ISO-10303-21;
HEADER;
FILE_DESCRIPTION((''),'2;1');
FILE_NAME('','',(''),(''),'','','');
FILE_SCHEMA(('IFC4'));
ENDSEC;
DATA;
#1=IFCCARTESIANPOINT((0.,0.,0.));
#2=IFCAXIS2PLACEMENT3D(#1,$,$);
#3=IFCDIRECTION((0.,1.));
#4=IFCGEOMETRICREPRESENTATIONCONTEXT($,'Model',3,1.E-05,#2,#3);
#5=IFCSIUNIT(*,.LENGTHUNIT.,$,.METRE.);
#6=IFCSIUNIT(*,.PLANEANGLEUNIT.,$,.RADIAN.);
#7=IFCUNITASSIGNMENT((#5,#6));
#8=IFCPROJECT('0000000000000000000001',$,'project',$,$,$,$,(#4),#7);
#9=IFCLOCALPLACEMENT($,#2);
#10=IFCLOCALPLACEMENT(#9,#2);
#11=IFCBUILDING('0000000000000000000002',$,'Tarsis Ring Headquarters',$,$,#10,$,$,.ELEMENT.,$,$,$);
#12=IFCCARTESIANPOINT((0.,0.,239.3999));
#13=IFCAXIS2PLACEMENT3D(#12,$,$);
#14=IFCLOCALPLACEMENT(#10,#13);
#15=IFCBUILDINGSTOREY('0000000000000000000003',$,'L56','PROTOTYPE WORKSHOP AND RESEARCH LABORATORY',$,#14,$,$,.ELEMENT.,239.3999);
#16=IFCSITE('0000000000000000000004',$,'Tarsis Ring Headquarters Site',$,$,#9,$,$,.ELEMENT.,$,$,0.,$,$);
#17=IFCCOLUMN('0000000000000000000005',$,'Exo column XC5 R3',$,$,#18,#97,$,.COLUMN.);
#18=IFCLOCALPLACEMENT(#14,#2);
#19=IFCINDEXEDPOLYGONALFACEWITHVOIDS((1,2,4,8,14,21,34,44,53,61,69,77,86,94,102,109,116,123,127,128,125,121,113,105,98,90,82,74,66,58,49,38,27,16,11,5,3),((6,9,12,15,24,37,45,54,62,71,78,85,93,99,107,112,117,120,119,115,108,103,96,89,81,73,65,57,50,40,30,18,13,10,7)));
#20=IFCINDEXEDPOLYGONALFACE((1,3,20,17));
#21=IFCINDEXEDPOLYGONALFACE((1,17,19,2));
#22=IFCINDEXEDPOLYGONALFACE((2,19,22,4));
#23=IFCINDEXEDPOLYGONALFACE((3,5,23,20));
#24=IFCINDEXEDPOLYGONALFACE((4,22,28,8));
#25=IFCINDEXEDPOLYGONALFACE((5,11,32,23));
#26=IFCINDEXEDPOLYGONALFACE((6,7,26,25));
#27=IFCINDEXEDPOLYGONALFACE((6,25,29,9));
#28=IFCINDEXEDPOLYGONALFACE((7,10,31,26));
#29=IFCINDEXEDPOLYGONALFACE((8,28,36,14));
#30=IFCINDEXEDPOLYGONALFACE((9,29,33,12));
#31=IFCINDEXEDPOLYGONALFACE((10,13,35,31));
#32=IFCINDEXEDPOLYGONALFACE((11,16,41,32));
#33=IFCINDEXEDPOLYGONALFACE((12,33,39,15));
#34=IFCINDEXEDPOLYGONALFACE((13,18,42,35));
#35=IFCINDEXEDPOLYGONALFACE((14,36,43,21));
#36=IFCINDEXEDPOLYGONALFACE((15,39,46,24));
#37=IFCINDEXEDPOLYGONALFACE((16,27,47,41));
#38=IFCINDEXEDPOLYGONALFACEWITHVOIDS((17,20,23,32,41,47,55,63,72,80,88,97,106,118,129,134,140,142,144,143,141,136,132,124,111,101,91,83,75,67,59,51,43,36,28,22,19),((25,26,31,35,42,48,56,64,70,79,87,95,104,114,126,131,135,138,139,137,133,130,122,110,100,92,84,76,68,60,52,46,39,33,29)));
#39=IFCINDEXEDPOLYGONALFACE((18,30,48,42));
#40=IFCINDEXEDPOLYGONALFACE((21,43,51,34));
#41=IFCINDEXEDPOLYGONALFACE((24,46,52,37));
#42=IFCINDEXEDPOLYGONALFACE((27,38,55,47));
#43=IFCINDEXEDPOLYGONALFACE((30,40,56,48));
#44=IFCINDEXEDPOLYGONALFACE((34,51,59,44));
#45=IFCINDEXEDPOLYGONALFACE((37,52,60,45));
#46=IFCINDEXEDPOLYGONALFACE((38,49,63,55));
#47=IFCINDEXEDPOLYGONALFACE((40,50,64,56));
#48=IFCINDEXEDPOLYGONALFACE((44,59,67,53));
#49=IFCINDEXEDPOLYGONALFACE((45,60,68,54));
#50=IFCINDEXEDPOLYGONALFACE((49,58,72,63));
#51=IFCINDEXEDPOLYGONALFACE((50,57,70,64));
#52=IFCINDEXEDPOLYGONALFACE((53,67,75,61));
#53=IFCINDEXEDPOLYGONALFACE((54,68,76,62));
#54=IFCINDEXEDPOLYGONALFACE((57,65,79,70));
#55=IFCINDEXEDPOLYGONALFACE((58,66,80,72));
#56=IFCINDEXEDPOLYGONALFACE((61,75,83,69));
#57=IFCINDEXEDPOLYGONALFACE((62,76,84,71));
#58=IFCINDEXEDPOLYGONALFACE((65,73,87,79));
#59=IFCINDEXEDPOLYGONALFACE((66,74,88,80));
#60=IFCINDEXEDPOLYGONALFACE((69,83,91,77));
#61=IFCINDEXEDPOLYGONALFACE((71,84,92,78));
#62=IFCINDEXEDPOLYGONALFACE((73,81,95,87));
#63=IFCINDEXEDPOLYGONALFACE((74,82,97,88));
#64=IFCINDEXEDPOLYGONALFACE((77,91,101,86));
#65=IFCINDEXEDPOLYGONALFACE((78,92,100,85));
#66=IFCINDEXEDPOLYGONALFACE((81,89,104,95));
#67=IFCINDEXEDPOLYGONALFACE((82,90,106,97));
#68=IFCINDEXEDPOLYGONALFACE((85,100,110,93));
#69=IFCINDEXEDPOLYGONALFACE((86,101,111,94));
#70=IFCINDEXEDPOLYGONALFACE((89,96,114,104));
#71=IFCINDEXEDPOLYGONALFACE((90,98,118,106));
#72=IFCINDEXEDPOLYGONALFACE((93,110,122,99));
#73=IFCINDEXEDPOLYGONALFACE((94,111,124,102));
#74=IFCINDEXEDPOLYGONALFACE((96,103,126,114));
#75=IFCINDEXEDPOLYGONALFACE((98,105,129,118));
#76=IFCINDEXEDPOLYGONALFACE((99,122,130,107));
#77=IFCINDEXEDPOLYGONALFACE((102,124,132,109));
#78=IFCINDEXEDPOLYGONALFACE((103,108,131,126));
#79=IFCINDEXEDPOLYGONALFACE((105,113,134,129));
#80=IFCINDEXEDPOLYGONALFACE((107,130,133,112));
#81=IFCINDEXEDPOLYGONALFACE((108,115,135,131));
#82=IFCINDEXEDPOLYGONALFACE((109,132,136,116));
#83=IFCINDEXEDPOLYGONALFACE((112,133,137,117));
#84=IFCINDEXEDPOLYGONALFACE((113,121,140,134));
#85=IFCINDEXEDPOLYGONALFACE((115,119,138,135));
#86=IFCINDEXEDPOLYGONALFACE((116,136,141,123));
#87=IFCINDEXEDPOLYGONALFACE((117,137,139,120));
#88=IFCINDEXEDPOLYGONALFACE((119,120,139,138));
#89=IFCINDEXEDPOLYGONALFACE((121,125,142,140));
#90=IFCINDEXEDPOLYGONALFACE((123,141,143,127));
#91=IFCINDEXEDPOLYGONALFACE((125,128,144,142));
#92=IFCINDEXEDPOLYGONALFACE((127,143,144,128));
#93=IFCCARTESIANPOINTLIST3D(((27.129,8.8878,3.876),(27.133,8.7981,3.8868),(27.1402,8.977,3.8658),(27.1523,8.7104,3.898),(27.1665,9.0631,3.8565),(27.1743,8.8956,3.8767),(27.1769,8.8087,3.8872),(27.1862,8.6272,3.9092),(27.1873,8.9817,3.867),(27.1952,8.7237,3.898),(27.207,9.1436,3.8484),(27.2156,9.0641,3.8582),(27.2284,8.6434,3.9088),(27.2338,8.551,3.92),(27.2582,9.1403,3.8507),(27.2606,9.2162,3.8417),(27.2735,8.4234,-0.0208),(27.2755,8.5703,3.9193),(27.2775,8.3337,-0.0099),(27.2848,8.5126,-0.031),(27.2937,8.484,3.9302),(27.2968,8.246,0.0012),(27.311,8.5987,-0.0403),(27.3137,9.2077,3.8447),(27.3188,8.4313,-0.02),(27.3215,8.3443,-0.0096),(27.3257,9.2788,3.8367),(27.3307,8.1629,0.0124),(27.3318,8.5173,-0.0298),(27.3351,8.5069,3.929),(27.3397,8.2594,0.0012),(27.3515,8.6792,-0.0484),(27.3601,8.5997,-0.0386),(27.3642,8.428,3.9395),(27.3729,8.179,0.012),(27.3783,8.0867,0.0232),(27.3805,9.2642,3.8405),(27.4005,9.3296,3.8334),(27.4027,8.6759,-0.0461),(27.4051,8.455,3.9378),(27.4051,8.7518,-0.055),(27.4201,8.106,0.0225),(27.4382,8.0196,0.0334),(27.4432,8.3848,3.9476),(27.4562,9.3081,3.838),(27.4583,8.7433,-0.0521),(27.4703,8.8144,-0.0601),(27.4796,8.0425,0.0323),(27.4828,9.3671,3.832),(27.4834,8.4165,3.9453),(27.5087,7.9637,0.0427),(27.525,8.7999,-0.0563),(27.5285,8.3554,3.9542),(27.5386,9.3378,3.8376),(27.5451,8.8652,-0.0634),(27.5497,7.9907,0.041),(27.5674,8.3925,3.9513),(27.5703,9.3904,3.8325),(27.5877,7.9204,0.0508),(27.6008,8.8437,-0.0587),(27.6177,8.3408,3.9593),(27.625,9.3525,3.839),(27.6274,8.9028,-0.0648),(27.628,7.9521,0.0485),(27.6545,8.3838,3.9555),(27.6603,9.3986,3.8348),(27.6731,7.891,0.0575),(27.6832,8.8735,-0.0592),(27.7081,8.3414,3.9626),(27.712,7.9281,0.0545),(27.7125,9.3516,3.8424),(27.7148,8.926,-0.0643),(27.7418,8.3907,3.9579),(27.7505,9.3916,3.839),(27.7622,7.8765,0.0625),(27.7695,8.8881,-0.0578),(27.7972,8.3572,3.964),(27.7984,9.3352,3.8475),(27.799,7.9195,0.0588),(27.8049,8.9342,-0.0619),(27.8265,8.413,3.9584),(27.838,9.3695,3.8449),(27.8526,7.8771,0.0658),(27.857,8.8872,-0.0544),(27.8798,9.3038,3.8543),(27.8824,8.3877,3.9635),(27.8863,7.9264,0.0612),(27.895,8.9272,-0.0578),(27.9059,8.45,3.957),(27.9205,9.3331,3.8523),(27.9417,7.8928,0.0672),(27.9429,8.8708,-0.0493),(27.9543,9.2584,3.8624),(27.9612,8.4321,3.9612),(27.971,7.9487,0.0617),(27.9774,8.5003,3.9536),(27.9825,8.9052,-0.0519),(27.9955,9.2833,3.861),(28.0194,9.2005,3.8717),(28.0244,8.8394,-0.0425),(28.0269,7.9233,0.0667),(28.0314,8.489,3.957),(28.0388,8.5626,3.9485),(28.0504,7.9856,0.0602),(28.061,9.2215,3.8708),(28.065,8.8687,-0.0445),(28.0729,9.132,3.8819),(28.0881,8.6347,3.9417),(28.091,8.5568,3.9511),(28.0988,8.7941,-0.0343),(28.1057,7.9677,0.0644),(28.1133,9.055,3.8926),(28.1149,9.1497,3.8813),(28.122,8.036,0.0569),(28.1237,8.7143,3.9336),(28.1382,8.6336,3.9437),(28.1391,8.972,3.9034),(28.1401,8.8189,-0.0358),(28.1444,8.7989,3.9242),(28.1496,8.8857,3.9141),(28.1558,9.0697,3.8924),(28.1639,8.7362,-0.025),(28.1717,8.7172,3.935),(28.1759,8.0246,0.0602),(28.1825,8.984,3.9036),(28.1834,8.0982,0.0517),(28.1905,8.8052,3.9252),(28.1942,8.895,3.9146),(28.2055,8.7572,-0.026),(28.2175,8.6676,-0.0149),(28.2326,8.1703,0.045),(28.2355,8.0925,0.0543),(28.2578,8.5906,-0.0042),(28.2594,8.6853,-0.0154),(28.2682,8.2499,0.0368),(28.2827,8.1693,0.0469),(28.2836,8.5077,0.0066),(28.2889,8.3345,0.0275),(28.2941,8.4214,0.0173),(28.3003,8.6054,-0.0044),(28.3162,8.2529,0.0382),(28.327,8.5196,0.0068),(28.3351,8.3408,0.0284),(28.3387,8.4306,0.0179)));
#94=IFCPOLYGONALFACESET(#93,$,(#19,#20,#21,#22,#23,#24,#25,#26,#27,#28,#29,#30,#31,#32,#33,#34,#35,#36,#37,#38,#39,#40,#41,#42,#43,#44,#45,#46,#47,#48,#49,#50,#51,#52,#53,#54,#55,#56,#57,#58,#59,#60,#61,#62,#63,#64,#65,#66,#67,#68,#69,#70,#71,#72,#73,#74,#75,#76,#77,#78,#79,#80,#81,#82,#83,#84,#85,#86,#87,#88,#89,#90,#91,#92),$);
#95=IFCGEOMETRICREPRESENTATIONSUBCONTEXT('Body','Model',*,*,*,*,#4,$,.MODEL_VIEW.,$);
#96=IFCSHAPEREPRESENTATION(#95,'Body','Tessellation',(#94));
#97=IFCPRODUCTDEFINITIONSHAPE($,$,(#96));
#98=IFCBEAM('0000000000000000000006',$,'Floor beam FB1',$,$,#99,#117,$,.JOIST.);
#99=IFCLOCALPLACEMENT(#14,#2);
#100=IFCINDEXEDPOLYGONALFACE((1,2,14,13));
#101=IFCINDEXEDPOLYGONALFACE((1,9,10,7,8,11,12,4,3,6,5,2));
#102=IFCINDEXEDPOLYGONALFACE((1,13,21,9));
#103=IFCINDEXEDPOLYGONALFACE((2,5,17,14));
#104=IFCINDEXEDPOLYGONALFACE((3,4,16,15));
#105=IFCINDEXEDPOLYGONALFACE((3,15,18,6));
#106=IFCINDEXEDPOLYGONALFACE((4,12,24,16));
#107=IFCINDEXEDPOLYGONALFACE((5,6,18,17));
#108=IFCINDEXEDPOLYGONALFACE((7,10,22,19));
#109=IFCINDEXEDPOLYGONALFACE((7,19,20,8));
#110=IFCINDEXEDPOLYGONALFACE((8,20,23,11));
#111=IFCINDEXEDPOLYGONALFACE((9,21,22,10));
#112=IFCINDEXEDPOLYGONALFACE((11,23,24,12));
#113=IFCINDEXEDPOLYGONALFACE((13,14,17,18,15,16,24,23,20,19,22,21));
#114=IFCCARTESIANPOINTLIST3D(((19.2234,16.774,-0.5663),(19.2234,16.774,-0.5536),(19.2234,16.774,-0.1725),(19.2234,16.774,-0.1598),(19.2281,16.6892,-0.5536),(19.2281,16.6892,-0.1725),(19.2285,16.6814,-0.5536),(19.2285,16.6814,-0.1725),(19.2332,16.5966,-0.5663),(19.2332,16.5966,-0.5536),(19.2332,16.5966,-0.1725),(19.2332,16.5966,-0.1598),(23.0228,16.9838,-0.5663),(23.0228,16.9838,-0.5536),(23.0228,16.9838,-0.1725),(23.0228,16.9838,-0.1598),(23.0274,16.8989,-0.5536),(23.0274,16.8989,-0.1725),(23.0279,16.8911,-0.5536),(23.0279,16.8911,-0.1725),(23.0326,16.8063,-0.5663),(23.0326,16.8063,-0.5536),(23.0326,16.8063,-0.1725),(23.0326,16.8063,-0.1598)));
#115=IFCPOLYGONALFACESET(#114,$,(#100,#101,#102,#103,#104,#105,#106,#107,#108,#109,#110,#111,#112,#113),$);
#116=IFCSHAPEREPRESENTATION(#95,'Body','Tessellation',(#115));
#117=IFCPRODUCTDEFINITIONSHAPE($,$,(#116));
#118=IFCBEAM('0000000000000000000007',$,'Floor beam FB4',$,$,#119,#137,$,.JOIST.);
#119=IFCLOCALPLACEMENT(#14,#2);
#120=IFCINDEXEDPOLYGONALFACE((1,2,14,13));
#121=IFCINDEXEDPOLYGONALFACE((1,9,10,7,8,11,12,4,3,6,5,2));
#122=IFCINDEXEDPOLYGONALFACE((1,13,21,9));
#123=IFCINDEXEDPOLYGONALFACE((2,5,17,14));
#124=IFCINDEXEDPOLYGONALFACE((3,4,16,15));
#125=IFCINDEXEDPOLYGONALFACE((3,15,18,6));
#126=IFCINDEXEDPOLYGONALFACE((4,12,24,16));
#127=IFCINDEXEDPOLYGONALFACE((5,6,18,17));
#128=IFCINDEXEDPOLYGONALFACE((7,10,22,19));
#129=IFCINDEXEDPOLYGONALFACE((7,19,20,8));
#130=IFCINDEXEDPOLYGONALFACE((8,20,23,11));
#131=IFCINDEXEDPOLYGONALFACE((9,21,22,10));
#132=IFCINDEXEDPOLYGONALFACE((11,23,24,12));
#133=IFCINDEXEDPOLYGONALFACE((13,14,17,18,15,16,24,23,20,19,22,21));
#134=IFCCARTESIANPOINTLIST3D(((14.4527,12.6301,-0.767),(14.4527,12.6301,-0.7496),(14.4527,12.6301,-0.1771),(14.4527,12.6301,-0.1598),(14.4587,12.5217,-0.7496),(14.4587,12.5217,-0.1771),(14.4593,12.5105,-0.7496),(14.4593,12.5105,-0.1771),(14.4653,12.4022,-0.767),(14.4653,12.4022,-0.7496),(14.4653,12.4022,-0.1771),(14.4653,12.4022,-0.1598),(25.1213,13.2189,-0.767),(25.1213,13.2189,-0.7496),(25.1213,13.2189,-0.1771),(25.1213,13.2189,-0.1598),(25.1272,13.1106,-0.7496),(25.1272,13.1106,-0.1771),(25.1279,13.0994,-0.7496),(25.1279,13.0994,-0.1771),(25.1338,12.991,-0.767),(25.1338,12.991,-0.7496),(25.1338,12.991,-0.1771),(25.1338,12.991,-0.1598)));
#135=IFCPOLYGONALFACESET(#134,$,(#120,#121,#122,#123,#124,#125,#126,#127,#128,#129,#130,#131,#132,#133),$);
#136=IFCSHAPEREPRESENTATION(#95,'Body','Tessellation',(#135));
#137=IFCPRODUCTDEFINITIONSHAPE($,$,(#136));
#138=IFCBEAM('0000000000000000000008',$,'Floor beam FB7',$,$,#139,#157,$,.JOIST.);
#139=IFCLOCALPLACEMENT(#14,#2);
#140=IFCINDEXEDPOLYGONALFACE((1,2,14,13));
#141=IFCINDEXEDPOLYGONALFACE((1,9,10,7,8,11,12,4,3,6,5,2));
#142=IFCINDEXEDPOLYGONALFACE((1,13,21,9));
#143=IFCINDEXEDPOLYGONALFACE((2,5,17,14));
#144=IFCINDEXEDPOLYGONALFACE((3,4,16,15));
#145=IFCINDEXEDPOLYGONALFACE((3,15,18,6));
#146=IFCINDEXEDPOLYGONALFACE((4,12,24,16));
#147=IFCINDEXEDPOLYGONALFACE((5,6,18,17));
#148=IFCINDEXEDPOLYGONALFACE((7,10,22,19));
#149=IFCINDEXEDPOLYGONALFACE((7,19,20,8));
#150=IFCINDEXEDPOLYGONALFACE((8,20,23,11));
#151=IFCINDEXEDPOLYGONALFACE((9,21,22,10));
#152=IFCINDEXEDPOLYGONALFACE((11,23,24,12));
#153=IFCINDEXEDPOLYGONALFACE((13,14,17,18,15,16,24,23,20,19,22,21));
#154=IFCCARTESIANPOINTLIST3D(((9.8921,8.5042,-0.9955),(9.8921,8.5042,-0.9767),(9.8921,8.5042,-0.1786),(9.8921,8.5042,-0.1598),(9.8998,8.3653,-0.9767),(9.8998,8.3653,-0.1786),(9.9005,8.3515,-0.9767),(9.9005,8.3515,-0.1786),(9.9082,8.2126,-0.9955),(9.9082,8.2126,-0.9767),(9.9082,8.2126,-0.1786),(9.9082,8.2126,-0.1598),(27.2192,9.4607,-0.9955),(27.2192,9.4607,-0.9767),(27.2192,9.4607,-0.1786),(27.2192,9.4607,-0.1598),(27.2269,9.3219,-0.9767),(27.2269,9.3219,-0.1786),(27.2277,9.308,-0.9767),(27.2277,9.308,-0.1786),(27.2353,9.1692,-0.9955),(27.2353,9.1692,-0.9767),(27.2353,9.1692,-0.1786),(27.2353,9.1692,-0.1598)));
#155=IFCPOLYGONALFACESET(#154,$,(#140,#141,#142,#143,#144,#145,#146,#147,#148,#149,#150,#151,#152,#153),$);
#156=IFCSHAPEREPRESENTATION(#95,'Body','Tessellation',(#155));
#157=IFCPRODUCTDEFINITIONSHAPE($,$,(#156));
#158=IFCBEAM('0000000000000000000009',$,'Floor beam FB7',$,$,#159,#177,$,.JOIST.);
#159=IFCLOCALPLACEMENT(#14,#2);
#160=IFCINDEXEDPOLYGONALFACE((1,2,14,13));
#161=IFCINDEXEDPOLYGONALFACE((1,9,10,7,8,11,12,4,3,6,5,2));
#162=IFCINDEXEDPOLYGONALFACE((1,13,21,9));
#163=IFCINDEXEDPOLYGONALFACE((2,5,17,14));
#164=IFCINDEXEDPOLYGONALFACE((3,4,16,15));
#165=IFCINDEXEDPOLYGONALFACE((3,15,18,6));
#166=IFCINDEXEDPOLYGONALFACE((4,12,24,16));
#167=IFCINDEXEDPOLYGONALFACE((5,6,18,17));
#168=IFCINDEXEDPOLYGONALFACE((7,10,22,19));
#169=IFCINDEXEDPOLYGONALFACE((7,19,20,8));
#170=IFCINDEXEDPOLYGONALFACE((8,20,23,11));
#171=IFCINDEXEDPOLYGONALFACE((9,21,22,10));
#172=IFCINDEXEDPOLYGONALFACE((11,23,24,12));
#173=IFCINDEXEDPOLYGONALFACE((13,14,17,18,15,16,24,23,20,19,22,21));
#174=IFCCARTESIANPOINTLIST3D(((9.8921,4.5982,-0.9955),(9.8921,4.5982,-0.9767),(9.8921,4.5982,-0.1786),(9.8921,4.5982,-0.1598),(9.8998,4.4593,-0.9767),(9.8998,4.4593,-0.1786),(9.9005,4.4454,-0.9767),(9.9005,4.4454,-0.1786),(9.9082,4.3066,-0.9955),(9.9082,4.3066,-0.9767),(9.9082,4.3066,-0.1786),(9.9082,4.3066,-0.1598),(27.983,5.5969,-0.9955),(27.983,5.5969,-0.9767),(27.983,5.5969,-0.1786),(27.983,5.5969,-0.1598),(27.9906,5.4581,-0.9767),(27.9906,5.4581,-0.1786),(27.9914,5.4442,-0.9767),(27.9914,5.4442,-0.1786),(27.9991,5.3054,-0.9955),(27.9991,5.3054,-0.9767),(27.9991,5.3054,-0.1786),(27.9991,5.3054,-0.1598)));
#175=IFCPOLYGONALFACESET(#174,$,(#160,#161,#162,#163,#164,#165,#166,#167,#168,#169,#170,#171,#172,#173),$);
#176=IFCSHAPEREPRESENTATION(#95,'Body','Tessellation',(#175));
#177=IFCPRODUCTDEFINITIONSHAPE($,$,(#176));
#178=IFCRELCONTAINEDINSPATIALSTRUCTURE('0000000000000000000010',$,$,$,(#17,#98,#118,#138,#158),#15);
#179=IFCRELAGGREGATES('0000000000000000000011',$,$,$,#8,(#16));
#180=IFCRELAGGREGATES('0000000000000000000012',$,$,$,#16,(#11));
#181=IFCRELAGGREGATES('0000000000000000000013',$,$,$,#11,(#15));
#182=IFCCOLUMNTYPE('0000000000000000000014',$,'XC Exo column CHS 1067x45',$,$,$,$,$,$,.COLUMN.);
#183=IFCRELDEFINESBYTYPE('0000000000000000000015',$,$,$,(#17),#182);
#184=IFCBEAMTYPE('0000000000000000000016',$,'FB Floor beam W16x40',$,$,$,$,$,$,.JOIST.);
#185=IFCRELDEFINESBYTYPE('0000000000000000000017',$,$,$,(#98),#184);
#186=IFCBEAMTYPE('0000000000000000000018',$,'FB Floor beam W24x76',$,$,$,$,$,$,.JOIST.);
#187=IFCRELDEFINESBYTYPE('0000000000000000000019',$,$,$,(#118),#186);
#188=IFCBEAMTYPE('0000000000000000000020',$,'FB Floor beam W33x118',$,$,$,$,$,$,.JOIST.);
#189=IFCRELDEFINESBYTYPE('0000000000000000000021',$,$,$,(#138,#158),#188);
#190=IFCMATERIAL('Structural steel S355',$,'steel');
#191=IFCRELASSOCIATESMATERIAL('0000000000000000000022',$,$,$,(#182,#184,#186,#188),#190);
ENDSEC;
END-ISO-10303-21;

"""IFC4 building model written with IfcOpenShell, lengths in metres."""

from ifc_helpers import new_model, si_unit, direction, frame, origin, origin_2d, place, context, subcontext, project, spatial, hollow_circle, i_section, extrude, material, material_profile, profile_set, type_object, element, save


model = new_model("IFC4")

# Units and contexts
model_context = context("Model", 3, precision=1e-05, world=origin(), true_north=direction((0.0, 1.0)))
body_context = subcontext(model_context, "Body", "Model", "MODEL_VIEW")
ifc_project = project(units=[si_unit("LENGTHUNIT", "METRE"), si_unit("PLANEANGLEUNIT", "RADIAN")], contexts=[model_context])

# Site, building, storey
site_placement = place(None, origin())
site = spatial("IfcSite", under=ifc_project, at=site_placement, Name="Tarsis Ring Headquarters Site", CompositionType="ELEMENT", RefElevation=0.0)
building_placement = place(site_placement, origin())
building = spatial("IfcBuilding", under=site, at=building_placement, Name="Tarsis Ring Headquarters", CompositionType="ELEMENT")
storey_placement = place(building_placement, frame((0.0, 0.0, 239.3999)))
storey = spatial("IfcBuildingStorey", under=building, at=storey_placement, Name="L56", Description="PROTOTYPE WORKSHOP AND RESEARCH LABORATORY", CompositionType="ELEMENT", Elevation=239.3999)

# Column
ifc_material_1 = material(Name="Structural steel S355", Category="steel")
ifc_material_profile_1 = material_profile(ifc_material_1, hollow_circle(Radius=0.5334, WallThickness=0.0449, at=origin_2d()), Name="CHS 1067x45")
ifc_profile_set_1 = profile_set([ifc_material_profile_1], Name="Structural steel S355")
column_type = type_object("IfcColumnType", Name="XC Exo column CHS 1067x45", PredefinedType="COLUMN", material=ifc_profile_set_1)
column_placement = place(storey_placement, frame((27.8062, 8.4045, 0.0012), z_axis=(-0.036805, 0.118248, 0.992302), x_axis=(-0.954819, -0.297189, 0.0)))
element("IfcColumn", 1, at=column_placement, inside=storey, type_object=column_type, Name="Exo column XC5 R3", PredefinedType="COLUMN", context=body_context, shape_type="SweptSolid", body=[
    extrude(hollow_circle(Radius=0.5334, WallThickness=0.0449, at=origin_2d()), origin(), (0.0, 0.0, 1.0), 3.927),
])

# Beams
ifc_material_profile_2 = material_profile(ifc_material_1, i_section(OverallWidth=0.1777, OverallDepth=0.4065, WebThickness=0.0078, FlangeThickness=0.0127, at=origin_2d()), Name="W16x40")
ifc_profile_set_2 = profile_set([ifc_material_profile_2], Name="Structural steel S355")
beam_type_1 = type_object("IfcBeamType", Name="FB Floor beam W16x40", PredefinedType="JOIST", material=ifc_profile_set_2)
beam_1_placement = place(storey_placement, frame((19.2283, 16.6853, -0.363), z_axis=(0.99848, 0.055115, 0.0), x_axis=(-0.055115, 0.99848, 0.0)))
element("IfcBeam", 2, at=beam_1_placement, inside=storey, type_object=beam_type_1, Name="Floor beam FB1", PredefinedType="JOIST", context=body_context, shape_type="SweptSolid", body=[
    extrude(i_section(OverallWidth=0.1777, OverallDepth=0.4065, WebThickness=0.0078, FlangeThickness=0.0127, at=origin_2d()), origin(), (0.0, 0.0, 1.0), 3.8052),
])
ifc_material_profile_3 = material_profile(ifc_material_1, i_section(OverallWidth=0.2283, OverallDepth=0.6072, WebThickness=0.0112, FlangeThickness=0.0173, at=origin_2d()), Name="W24x76")
ifc_profile_set_3 = profile_set([ifc_material_profile_3], Name="Structural steel S355")
beam_type_2 = type_object("IfcBeamType", Name="FB Floor beam W24x76", PredefinedType="JOIST", material=ifc_profile_set_3)
beam_2_placement = place(storey_placement, frame((14.459, 12.5161, -0.4634), z_axis=(0.99848, 0.055113, 0.0), x_axis=(-0.055113, 0.99848, 0.0)))
element("IfcBeam", 3, at=beam_2_placement, inside=storey, type_object=beam_type_2, Name="Floor beam FB4", PredefinedType="JOIST", context=body_context, shape_type="SweptSolid", body=[
    extrude(i_section(OverallWidth=0.2283, OverallDepth=0.6072, WebThickness=0.0112, FlangeThickness=0.0173, at=origin_2d()), origin(), (0.0, 0.0, 1.0), 10.6848),
])
ifc_material_profile_4 = material_profile(ifc_material_1, i_section(OverallWidth=0.292, OverallDepth=0.8357, WebThickness=0.0139, FlangeThickness=0.0188, at=origin_2d()), Name="W33x118")
ifc_profile_set_4 = profile_set([ifc_material_profile_4], Name="Structural steel S355")
beam_type_3 = type_object("IfcBeamType", Name="FB Floor beam W33x118", PredefinedType="JOIST", material=ifc_profile_set_4)
beam_3_placement = place(storey_placement, frame((9.9001, 8.3584, -0.5776), z_axis=(0.99848, 0.055121, 0.0), x_axis=(-0.055121, 0.99848, 0.0)))
element("IfcBeam", 4, at=beam_3_placement, inside=storey, type_object=beam_type_3, Name="Floor beam FB7", PredefinedType="JOIST", context=body_context, shape_type="SweptSolid", body=[
    extrude(i_section(OverallWidth=0.292, OverallDepth=0.8357, WebThickness=0.0139, FlangeThickness=0.0188, at=origin_2d()), origin(), (0.0, 0.0, 1.0), 17.3535),
])
beam_4_placement = place(storey_placement, frame((9.9001, 4.4524, -0.5776), z_axis=(0.998479, 0.055125, 0.0), x_axis=(-0.055125, 0.998479, 0.0)))
element("IfcBeam", 5, at=beam_4_placement, inside=storey, type_object=beam_type_3, Name="Floor beam FB7", PredefinedType="JOIST", context=body_context, shape_type="SweptSolid", body=[
    extrude(i_section(OverallWidth=0.292, OverallDepth=0.8357, WebThickness=0.0139, FlangeThickness=0.0188, at=origin_2d()), origin(), (0.0, 0.0, 1.0), 18.1184),
])

save(model, "model.ifc")
